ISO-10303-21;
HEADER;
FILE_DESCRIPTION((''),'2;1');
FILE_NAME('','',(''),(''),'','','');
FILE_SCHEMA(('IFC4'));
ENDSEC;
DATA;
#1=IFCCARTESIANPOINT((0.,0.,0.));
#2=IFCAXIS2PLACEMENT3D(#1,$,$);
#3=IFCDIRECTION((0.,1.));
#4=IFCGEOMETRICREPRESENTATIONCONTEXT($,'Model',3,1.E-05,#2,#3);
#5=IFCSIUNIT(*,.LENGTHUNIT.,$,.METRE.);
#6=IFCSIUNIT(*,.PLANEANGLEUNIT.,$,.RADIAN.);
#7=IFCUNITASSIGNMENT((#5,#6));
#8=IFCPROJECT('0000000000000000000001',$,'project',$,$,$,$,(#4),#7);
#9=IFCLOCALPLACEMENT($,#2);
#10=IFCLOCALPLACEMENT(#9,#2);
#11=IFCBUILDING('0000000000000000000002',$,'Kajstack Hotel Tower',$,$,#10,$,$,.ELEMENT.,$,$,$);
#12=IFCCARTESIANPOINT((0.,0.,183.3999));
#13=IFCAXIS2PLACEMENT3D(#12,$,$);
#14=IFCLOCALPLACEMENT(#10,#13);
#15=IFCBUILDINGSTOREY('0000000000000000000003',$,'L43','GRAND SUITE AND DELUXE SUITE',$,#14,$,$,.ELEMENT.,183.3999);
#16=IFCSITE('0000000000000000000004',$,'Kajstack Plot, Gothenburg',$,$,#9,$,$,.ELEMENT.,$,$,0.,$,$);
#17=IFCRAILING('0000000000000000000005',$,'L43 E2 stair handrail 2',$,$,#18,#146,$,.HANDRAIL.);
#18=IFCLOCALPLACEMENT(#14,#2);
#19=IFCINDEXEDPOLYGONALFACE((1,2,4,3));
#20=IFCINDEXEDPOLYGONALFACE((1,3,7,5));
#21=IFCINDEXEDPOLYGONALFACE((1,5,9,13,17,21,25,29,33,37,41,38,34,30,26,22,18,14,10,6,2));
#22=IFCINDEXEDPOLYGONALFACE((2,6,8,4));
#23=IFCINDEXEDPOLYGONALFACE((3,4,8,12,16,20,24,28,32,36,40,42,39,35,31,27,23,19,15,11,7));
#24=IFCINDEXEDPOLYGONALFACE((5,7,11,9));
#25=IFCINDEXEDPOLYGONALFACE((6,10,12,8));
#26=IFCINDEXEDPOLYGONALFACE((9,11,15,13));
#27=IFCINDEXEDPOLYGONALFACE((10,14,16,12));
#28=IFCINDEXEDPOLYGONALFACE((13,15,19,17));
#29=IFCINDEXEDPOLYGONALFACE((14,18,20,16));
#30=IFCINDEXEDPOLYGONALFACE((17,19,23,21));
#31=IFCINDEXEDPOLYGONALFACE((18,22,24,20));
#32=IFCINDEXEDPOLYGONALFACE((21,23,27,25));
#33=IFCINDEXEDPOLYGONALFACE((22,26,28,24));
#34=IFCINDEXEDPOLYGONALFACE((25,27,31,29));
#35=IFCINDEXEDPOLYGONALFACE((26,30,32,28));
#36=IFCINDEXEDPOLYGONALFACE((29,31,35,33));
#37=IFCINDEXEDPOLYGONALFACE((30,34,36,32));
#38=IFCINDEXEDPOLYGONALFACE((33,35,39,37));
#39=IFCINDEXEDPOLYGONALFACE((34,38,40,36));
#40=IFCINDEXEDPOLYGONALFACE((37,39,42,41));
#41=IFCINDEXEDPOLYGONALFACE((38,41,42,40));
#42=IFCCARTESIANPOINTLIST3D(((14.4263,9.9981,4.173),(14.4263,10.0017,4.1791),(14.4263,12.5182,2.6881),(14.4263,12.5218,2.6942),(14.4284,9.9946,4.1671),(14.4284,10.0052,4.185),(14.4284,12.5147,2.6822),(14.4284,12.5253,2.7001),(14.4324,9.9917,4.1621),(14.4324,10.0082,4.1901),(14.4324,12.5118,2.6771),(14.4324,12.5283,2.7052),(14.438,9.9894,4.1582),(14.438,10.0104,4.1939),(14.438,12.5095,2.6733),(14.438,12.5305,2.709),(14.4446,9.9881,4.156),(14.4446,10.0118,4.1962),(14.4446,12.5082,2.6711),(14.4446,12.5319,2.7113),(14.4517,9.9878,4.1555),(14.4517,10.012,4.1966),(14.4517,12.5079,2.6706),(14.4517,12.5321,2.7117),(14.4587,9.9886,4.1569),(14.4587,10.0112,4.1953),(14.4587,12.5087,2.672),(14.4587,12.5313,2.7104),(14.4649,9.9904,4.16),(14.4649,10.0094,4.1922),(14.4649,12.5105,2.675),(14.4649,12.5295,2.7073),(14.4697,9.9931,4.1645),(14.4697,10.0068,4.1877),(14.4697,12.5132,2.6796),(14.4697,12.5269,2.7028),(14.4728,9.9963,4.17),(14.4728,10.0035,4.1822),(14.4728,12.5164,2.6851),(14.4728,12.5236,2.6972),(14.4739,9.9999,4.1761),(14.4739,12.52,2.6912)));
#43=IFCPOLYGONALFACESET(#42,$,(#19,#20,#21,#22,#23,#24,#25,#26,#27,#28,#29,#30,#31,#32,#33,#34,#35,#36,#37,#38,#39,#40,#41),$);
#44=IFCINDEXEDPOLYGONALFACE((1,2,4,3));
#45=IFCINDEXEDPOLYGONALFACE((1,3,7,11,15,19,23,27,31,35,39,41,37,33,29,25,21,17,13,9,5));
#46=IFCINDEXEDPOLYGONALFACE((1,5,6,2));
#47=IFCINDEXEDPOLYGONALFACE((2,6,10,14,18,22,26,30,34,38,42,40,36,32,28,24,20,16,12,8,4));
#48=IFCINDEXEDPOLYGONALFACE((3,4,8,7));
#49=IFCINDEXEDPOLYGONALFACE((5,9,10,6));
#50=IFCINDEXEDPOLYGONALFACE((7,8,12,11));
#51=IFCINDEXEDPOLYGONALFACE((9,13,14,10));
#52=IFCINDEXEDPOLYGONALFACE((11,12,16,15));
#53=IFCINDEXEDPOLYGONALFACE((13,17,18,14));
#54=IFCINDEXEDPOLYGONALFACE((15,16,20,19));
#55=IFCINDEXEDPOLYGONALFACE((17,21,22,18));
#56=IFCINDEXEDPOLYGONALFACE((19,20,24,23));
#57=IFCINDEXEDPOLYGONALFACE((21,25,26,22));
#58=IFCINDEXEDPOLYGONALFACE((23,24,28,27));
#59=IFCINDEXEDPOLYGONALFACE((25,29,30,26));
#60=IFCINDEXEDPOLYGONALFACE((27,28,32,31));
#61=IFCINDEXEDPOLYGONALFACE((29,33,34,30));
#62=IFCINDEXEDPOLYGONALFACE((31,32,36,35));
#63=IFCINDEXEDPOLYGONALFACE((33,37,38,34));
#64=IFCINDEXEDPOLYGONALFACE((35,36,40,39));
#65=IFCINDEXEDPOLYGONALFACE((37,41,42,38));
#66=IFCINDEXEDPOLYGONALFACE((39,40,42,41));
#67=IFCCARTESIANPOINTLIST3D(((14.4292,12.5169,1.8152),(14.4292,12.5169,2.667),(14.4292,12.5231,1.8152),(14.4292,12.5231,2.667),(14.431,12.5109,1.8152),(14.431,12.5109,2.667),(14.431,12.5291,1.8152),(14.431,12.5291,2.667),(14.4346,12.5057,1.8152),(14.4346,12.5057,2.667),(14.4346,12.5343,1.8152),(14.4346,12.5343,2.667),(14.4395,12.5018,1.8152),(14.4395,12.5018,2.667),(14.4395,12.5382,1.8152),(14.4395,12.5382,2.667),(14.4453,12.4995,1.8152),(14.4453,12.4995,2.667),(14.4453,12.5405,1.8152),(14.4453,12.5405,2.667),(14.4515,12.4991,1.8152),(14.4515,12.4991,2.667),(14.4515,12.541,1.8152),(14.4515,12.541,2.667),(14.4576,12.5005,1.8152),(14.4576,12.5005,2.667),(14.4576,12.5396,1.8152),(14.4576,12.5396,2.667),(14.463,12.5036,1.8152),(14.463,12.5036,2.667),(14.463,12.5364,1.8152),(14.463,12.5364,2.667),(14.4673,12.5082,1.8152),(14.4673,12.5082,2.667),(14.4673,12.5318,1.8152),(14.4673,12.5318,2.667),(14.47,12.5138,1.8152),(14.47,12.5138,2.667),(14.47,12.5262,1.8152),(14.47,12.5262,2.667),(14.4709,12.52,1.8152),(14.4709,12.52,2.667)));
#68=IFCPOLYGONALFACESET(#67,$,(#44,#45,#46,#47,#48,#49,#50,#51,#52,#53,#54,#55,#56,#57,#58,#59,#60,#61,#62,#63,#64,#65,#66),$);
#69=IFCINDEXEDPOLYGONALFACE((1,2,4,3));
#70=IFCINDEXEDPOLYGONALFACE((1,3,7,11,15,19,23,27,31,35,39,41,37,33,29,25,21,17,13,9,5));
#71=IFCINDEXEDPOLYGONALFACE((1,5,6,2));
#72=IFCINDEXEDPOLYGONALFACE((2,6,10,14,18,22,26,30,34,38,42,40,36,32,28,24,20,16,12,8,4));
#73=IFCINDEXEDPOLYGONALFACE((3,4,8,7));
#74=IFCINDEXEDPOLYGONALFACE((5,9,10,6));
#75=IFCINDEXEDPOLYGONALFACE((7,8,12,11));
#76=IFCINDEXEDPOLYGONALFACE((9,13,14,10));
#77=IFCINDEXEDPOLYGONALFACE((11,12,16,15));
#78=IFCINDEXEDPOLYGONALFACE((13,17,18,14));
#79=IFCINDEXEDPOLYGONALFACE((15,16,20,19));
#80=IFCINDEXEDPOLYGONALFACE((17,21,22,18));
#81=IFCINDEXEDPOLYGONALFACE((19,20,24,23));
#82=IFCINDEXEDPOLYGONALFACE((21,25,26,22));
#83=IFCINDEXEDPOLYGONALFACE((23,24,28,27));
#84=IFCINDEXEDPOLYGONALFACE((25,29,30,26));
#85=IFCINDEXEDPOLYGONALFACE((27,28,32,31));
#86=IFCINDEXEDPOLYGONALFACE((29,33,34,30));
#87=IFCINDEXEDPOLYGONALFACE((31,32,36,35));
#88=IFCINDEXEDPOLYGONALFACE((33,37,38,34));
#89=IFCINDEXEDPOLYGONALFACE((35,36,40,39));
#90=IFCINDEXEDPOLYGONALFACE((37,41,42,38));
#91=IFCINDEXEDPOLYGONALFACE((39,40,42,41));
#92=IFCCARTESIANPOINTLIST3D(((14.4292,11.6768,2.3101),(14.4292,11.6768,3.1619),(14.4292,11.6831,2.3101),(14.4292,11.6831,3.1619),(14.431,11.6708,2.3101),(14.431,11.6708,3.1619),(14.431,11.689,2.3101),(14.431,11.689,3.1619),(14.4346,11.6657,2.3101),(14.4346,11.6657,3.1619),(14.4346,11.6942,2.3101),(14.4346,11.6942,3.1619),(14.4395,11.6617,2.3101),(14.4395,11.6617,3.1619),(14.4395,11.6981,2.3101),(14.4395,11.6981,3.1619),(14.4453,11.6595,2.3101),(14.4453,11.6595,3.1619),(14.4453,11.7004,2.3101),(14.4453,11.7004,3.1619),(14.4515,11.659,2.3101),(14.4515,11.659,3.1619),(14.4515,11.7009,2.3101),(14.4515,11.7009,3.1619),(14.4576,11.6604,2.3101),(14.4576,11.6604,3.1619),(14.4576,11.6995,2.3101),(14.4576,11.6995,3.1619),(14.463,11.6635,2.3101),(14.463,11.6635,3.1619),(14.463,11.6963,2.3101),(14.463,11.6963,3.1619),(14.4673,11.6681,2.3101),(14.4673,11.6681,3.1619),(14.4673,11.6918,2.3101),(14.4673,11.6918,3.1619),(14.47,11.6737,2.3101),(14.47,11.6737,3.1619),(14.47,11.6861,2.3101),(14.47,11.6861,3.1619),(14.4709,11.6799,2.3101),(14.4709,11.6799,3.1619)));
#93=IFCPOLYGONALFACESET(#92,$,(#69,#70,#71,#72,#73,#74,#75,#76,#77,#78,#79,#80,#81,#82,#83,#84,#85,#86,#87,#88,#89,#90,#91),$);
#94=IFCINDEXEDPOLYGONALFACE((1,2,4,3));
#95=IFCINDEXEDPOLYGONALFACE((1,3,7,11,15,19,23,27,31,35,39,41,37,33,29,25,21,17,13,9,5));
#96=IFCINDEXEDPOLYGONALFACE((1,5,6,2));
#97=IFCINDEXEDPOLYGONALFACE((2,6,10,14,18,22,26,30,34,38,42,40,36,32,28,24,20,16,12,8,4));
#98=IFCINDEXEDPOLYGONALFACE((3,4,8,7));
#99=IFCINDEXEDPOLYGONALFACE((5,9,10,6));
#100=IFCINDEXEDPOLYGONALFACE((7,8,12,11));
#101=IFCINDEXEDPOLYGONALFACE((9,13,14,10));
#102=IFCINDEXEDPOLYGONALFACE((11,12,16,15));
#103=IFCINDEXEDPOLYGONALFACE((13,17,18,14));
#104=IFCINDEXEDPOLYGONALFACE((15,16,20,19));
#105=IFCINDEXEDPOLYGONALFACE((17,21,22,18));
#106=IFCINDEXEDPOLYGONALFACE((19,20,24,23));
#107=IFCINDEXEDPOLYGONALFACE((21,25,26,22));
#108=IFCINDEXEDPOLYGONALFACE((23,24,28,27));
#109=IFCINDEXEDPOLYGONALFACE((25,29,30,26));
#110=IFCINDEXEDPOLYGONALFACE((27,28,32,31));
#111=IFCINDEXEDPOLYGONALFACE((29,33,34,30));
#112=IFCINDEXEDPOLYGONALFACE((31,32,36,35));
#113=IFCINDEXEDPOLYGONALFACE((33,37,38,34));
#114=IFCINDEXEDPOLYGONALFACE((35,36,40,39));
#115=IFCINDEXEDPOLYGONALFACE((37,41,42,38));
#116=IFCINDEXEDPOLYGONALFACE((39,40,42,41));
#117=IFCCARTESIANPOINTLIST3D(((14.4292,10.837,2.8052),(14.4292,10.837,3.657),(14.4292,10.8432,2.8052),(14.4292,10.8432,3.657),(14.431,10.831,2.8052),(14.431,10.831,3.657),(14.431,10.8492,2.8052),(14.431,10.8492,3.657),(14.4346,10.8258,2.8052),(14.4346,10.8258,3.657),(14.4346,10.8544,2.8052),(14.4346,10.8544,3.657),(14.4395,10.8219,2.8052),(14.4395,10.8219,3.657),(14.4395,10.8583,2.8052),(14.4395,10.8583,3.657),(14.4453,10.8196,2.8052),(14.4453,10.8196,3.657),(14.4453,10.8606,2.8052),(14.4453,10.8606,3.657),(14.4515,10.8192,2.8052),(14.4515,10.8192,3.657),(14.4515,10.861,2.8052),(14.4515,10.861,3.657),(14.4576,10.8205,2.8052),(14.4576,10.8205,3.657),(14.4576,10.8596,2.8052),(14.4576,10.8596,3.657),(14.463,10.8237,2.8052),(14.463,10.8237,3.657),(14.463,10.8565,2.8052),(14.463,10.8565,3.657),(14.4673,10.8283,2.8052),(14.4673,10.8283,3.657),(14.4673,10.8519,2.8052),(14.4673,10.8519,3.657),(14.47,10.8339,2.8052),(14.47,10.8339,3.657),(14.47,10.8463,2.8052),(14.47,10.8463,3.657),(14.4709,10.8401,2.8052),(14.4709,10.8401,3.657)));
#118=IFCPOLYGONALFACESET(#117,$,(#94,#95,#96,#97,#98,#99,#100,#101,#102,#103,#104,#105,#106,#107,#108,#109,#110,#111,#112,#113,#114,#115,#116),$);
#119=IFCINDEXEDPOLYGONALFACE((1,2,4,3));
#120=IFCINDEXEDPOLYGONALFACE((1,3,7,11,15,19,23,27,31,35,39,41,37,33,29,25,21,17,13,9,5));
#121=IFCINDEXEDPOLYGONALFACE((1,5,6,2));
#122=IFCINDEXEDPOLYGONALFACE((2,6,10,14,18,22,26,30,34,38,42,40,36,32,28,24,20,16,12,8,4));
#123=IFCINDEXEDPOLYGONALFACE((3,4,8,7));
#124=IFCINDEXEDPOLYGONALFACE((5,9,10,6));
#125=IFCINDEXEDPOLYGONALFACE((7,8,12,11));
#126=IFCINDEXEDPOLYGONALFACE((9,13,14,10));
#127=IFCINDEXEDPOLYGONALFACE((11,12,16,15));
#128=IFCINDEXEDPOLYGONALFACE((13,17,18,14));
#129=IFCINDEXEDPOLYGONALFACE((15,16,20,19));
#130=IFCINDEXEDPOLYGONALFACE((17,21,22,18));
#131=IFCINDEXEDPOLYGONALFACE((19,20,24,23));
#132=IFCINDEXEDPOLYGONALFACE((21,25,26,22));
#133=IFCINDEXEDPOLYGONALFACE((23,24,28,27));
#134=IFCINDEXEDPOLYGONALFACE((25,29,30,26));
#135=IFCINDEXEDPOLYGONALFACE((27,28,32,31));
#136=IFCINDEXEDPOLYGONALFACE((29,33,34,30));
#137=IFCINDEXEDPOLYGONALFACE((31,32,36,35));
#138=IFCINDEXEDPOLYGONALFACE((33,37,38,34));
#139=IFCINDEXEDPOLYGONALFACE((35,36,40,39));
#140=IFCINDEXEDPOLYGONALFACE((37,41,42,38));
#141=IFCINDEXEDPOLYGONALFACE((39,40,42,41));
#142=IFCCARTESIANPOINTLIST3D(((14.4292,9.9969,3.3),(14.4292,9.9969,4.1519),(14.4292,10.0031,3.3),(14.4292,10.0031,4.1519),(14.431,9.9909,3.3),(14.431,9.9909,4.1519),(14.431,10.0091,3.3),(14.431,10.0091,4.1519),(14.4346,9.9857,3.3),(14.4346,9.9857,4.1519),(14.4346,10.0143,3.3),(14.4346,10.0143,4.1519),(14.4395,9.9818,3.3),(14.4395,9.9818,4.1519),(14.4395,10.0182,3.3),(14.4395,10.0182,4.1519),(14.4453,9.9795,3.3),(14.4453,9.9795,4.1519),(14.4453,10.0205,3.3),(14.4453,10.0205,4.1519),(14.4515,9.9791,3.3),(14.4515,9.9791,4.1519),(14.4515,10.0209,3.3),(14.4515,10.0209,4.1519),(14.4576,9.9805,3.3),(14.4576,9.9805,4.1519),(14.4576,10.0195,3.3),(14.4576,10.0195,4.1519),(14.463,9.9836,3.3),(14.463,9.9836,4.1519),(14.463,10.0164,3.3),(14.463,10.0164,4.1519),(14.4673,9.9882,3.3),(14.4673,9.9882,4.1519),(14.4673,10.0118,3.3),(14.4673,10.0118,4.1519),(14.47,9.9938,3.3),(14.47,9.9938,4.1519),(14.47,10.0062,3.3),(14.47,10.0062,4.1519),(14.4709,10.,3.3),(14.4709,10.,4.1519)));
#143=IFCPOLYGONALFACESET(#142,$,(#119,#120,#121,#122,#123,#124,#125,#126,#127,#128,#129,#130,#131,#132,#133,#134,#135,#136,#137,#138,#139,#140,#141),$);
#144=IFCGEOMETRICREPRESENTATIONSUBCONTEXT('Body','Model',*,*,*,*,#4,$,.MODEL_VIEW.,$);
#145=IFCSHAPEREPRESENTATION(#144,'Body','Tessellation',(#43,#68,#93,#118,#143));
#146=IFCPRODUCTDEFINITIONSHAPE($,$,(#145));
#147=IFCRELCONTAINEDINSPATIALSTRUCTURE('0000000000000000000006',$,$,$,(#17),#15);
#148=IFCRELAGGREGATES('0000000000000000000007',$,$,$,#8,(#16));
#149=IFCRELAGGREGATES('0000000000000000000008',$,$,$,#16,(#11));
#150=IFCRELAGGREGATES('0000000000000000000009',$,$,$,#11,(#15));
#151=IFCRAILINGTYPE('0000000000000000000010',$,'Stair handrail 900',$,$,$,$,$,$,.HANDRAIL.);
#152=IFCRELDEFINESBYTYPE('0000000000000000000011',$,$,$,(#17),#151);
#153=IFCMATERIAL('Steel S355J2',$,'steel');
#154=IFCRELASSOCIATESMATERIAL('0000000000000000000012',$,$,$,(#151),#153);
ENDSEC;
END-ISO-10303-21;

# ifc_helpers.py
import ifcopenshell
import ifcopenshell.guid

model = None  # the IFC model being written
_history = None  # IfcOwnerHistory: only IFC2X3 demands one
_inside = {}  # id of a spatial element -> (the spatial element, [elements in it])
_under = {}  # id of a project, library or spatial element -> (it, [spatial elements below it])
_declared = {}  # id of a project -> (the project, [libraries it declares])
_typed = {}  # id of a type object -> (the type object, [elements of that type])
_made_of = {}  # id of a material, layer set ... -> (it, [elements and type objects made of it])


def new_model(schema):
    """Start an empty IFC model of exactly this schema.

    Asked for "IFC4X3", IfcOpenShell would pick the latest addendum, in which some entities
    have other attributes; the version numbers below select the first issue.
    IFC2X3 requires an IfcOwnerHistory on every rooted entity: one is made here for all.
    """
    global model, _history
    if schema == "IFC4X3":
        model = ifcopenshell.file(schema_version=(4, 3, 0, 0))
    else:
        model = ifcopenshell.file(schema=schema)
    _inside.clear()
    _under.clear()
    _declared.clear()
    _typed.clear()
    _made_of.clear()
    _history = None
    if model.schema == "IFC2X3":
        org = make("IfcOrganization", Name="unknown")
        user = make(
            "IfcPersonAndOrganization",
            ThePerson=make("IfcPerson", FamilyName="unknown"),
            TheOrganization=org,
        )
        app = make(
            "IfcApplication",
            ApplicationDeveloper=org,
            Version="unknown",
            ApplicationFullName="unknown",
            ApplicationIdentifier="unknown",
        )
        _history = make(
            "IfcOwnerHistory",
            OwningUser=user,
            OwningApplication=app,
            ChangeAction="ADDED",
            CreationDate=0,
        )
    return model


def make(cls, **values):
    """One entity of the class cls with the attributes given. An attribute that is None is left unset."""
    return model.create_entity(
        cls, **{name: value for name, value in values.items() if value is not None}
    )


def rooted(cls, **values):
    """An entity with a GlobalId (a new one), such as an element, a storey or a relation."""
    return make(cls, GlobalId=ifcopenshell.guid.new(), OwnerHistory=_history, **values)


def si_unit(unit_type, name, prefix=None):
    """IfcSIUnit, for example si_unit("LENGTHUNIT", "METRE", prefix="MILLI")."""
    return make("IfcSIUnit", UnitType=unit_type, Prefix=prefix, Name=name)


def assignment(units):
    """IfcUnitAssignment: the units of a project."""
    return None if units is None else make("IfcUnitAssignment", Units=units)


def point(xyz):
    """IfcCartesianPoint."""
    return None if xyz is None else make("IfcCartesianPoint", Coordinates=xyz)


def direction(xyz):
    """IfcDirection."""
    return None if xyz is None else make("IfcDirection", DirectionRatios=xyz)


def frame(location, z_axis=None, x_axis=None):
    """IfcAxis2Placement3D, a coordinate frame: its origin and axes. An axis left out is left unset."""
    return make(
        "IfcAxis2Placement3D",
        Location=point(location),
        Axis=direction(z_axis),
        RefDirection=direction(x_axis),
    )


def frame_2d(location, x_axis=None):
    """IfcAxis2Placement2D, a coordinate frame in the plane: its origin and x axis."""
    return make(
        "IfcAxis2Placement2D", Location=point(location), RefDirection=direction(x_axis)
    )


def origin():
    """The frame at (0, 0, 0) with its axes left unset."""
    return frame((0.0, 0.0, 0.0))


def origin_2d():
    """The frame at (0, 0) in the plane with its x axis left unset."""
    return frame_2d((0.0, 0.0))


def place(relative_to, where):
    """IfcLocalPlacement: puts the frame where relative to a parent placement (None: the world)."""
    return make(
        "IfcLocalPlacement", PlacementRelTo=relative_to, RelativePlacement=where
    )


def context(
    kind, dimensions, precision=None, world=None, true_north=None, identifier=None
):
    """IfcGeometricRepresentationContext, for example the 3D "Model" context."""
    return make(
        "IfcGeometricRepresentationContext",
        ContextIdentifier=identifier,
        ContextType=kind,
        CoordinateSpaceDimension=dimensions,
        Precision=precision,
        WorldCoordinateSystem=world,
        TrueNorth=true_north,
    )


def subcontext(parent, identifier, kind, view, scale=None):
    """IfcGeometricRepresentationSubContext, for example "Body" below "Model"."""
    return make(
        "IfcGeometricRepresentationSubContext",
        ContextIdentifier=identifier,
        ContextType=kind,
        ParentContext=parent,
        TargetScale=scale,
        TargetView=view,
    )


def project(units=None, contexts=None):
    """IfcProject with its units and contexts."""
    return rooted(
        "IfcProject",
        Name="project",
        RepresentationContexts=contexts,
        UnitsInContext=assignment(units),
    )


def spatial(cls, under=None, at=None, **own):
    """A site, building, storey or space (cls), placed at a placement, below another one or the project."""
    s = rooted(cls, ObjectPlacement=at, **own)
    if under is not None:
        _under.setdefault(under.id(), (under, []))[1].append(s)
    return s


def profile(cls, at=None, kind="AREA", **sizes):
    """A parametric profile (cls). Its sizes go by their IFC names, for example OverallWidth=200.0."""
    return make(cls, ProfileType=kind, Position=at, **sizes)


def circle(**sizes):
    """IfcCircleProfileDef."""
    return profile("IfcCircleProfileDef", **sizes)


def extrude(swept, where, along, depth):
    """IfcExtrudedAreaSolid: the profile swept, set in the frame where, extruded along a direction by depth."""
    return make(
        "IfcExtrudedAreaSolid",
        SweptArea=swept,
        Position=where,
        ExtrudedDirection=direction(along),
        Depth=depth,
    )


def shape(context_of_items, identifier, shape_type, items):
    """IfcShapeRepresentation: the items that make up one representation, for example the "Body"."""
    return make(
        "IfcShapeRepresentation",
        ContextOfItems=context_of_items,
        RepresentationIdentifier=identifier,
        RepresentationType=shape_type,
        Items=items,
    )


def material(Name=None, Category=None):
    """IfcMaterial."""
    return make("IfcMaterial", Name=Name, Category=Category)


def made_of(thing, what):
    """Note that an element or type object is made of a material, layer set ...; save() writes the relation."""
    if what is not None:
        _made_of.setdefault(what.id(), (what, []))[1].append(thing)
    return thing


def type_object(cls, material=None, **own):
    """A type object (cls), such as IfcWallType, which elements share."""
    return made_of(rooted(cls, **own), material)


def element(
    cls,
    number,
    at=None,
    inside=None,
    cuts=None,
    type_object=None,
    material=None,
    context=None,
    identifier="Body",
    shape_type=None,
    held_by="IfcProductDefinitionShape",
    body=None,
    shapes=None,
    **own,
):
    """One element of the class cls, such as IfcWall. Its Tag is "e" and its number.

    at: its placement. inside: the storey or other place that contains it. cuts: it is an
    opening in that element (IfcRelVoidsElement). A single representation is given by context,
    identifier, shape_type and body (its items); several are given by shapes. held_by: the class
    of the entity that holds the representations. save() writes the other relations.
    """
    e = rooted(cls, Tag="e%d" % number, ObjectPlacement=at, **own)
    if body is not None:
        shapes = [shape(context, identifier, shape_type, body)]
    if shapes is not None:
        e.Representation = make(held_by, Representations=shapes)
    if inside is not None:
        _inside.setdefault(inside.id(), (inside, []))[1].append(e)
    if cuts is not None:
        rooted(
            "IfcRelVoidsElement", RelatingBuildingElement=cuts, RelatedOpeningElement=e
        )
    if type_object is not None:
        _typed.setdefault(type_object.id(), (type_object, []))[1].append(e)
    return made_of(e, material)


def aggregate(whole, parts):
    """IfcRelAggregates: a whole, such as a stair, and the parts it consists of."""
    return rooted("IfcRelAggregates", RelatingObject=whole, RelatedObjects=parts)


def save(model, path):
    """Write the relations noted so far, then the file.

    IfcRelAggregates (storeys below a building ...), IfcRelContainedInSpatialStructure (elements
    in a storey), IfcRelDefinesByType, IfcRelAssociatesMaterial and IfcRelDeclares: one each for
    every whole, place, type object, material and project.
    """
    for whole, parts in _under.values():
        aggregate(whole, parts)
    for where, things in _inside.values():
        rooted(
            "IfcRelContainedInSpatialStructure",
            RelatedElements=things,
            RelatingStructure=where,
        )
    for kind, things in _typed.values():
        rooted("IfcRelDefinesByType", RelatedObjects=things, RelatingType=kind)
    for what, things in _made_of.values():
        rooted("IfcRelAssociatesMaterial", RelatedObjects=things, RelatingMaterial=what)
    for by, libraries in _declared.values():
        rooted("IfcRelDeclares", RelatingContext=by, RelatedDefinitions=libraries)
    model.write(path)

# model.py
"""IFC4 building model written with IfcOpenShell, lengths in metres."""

from ifc_helpers import new_model, si_unit, direction, frame, origin, origin_2d, place, context, subcontext, project, spatial, circle, extrude, material, type_object, element, save


model = new_model("IFC4")

# Units and contexts
model_context = context("Model", 3, precision=1e-05, world=origin(), true_north=direction((0.0, 1.0)))
body_context = subcontext(model_context, "Body", "Model", "MODEL_VIEW")
ifc_project = project(units=[si_unit("LENGTHUNIT", "METRE"), si_unit("PLANEANGLEUNIT", "RADIAN")], contexts=[model_context])

# Site, building, storey
site_placement = place(None, origin())
site = spatial("IfcSite", under=ifc_project, at=site_placement, Name="Kajstack Plot, Gothenburg", CompositionType="ELEMENT", RefElevation=0.0)
building_placement = place(site_placement, origin())
building = spatial("IfcBuilding", under=site, at=building_placement, Name="Kajstack Hotel Tower", CompositionType="ELEMENT")
storey_placement = place(building_placement, frame((0.0, 0.0, 183.3999)))
storey = spatial("IfcBuildingStorey", under=building, at=storey_placement, Name="L43", Description="GRAND SUITE AND DELUXE SUITE", CompositionType="ELEMENT", Elevation=183.3999)

# Railing
ifc_material_1 = material(Name="Steel S355J2", Category="steel")
railing_type = type_object("IfcRailingType", Name="Stair handrail 900", PredefinedType="HANDRAIL", material=ifc_material_1)
railing_placement = place(storey_placement, frame((14.45, 12.52, 1.8152)))
element("IfcRailing", 1, at=railing_placement, inside=storey, type_object=railing_type, Name="L43 E2 stair handrail 2", PredefinedType="HANDRAIL", context=body_context, shape_type="SweptSolid", body=[
    extrude(circle(Radius=0.0239, at=origin_2d()), frame((0.0, 0.0, 0.876), z_axis=(0.0, -0.861561, 0.507655), x_axis=(1.0, 0.0, 0.0)), (0.0, 0.0, 1.0), 2.925),
    extrude(circle(Radius=0.021, at=origin_2d()), origin(), (0.0, 0.0, 1.0), 0.8518),
    extrude(circle(Radius=0.021, at=origin_2d()), frame((0.0, -0.8401, 0.4949)), (0.0, 0.0, 1.0), 0.8518),
    extrude(circle(Radius=0.021, at=origin_2d()), frame((0.0, -1.6799, 0.99)), (0.0, 0.0, 1.0), 0.8518),
    extrude(circle(Radius=0.021, at=origin_2d()), frame((0.0, -2.52, 1.4849)), (0.0, 0.0, 1.0), 0.8518),
])

save(model, "model.ifc")
